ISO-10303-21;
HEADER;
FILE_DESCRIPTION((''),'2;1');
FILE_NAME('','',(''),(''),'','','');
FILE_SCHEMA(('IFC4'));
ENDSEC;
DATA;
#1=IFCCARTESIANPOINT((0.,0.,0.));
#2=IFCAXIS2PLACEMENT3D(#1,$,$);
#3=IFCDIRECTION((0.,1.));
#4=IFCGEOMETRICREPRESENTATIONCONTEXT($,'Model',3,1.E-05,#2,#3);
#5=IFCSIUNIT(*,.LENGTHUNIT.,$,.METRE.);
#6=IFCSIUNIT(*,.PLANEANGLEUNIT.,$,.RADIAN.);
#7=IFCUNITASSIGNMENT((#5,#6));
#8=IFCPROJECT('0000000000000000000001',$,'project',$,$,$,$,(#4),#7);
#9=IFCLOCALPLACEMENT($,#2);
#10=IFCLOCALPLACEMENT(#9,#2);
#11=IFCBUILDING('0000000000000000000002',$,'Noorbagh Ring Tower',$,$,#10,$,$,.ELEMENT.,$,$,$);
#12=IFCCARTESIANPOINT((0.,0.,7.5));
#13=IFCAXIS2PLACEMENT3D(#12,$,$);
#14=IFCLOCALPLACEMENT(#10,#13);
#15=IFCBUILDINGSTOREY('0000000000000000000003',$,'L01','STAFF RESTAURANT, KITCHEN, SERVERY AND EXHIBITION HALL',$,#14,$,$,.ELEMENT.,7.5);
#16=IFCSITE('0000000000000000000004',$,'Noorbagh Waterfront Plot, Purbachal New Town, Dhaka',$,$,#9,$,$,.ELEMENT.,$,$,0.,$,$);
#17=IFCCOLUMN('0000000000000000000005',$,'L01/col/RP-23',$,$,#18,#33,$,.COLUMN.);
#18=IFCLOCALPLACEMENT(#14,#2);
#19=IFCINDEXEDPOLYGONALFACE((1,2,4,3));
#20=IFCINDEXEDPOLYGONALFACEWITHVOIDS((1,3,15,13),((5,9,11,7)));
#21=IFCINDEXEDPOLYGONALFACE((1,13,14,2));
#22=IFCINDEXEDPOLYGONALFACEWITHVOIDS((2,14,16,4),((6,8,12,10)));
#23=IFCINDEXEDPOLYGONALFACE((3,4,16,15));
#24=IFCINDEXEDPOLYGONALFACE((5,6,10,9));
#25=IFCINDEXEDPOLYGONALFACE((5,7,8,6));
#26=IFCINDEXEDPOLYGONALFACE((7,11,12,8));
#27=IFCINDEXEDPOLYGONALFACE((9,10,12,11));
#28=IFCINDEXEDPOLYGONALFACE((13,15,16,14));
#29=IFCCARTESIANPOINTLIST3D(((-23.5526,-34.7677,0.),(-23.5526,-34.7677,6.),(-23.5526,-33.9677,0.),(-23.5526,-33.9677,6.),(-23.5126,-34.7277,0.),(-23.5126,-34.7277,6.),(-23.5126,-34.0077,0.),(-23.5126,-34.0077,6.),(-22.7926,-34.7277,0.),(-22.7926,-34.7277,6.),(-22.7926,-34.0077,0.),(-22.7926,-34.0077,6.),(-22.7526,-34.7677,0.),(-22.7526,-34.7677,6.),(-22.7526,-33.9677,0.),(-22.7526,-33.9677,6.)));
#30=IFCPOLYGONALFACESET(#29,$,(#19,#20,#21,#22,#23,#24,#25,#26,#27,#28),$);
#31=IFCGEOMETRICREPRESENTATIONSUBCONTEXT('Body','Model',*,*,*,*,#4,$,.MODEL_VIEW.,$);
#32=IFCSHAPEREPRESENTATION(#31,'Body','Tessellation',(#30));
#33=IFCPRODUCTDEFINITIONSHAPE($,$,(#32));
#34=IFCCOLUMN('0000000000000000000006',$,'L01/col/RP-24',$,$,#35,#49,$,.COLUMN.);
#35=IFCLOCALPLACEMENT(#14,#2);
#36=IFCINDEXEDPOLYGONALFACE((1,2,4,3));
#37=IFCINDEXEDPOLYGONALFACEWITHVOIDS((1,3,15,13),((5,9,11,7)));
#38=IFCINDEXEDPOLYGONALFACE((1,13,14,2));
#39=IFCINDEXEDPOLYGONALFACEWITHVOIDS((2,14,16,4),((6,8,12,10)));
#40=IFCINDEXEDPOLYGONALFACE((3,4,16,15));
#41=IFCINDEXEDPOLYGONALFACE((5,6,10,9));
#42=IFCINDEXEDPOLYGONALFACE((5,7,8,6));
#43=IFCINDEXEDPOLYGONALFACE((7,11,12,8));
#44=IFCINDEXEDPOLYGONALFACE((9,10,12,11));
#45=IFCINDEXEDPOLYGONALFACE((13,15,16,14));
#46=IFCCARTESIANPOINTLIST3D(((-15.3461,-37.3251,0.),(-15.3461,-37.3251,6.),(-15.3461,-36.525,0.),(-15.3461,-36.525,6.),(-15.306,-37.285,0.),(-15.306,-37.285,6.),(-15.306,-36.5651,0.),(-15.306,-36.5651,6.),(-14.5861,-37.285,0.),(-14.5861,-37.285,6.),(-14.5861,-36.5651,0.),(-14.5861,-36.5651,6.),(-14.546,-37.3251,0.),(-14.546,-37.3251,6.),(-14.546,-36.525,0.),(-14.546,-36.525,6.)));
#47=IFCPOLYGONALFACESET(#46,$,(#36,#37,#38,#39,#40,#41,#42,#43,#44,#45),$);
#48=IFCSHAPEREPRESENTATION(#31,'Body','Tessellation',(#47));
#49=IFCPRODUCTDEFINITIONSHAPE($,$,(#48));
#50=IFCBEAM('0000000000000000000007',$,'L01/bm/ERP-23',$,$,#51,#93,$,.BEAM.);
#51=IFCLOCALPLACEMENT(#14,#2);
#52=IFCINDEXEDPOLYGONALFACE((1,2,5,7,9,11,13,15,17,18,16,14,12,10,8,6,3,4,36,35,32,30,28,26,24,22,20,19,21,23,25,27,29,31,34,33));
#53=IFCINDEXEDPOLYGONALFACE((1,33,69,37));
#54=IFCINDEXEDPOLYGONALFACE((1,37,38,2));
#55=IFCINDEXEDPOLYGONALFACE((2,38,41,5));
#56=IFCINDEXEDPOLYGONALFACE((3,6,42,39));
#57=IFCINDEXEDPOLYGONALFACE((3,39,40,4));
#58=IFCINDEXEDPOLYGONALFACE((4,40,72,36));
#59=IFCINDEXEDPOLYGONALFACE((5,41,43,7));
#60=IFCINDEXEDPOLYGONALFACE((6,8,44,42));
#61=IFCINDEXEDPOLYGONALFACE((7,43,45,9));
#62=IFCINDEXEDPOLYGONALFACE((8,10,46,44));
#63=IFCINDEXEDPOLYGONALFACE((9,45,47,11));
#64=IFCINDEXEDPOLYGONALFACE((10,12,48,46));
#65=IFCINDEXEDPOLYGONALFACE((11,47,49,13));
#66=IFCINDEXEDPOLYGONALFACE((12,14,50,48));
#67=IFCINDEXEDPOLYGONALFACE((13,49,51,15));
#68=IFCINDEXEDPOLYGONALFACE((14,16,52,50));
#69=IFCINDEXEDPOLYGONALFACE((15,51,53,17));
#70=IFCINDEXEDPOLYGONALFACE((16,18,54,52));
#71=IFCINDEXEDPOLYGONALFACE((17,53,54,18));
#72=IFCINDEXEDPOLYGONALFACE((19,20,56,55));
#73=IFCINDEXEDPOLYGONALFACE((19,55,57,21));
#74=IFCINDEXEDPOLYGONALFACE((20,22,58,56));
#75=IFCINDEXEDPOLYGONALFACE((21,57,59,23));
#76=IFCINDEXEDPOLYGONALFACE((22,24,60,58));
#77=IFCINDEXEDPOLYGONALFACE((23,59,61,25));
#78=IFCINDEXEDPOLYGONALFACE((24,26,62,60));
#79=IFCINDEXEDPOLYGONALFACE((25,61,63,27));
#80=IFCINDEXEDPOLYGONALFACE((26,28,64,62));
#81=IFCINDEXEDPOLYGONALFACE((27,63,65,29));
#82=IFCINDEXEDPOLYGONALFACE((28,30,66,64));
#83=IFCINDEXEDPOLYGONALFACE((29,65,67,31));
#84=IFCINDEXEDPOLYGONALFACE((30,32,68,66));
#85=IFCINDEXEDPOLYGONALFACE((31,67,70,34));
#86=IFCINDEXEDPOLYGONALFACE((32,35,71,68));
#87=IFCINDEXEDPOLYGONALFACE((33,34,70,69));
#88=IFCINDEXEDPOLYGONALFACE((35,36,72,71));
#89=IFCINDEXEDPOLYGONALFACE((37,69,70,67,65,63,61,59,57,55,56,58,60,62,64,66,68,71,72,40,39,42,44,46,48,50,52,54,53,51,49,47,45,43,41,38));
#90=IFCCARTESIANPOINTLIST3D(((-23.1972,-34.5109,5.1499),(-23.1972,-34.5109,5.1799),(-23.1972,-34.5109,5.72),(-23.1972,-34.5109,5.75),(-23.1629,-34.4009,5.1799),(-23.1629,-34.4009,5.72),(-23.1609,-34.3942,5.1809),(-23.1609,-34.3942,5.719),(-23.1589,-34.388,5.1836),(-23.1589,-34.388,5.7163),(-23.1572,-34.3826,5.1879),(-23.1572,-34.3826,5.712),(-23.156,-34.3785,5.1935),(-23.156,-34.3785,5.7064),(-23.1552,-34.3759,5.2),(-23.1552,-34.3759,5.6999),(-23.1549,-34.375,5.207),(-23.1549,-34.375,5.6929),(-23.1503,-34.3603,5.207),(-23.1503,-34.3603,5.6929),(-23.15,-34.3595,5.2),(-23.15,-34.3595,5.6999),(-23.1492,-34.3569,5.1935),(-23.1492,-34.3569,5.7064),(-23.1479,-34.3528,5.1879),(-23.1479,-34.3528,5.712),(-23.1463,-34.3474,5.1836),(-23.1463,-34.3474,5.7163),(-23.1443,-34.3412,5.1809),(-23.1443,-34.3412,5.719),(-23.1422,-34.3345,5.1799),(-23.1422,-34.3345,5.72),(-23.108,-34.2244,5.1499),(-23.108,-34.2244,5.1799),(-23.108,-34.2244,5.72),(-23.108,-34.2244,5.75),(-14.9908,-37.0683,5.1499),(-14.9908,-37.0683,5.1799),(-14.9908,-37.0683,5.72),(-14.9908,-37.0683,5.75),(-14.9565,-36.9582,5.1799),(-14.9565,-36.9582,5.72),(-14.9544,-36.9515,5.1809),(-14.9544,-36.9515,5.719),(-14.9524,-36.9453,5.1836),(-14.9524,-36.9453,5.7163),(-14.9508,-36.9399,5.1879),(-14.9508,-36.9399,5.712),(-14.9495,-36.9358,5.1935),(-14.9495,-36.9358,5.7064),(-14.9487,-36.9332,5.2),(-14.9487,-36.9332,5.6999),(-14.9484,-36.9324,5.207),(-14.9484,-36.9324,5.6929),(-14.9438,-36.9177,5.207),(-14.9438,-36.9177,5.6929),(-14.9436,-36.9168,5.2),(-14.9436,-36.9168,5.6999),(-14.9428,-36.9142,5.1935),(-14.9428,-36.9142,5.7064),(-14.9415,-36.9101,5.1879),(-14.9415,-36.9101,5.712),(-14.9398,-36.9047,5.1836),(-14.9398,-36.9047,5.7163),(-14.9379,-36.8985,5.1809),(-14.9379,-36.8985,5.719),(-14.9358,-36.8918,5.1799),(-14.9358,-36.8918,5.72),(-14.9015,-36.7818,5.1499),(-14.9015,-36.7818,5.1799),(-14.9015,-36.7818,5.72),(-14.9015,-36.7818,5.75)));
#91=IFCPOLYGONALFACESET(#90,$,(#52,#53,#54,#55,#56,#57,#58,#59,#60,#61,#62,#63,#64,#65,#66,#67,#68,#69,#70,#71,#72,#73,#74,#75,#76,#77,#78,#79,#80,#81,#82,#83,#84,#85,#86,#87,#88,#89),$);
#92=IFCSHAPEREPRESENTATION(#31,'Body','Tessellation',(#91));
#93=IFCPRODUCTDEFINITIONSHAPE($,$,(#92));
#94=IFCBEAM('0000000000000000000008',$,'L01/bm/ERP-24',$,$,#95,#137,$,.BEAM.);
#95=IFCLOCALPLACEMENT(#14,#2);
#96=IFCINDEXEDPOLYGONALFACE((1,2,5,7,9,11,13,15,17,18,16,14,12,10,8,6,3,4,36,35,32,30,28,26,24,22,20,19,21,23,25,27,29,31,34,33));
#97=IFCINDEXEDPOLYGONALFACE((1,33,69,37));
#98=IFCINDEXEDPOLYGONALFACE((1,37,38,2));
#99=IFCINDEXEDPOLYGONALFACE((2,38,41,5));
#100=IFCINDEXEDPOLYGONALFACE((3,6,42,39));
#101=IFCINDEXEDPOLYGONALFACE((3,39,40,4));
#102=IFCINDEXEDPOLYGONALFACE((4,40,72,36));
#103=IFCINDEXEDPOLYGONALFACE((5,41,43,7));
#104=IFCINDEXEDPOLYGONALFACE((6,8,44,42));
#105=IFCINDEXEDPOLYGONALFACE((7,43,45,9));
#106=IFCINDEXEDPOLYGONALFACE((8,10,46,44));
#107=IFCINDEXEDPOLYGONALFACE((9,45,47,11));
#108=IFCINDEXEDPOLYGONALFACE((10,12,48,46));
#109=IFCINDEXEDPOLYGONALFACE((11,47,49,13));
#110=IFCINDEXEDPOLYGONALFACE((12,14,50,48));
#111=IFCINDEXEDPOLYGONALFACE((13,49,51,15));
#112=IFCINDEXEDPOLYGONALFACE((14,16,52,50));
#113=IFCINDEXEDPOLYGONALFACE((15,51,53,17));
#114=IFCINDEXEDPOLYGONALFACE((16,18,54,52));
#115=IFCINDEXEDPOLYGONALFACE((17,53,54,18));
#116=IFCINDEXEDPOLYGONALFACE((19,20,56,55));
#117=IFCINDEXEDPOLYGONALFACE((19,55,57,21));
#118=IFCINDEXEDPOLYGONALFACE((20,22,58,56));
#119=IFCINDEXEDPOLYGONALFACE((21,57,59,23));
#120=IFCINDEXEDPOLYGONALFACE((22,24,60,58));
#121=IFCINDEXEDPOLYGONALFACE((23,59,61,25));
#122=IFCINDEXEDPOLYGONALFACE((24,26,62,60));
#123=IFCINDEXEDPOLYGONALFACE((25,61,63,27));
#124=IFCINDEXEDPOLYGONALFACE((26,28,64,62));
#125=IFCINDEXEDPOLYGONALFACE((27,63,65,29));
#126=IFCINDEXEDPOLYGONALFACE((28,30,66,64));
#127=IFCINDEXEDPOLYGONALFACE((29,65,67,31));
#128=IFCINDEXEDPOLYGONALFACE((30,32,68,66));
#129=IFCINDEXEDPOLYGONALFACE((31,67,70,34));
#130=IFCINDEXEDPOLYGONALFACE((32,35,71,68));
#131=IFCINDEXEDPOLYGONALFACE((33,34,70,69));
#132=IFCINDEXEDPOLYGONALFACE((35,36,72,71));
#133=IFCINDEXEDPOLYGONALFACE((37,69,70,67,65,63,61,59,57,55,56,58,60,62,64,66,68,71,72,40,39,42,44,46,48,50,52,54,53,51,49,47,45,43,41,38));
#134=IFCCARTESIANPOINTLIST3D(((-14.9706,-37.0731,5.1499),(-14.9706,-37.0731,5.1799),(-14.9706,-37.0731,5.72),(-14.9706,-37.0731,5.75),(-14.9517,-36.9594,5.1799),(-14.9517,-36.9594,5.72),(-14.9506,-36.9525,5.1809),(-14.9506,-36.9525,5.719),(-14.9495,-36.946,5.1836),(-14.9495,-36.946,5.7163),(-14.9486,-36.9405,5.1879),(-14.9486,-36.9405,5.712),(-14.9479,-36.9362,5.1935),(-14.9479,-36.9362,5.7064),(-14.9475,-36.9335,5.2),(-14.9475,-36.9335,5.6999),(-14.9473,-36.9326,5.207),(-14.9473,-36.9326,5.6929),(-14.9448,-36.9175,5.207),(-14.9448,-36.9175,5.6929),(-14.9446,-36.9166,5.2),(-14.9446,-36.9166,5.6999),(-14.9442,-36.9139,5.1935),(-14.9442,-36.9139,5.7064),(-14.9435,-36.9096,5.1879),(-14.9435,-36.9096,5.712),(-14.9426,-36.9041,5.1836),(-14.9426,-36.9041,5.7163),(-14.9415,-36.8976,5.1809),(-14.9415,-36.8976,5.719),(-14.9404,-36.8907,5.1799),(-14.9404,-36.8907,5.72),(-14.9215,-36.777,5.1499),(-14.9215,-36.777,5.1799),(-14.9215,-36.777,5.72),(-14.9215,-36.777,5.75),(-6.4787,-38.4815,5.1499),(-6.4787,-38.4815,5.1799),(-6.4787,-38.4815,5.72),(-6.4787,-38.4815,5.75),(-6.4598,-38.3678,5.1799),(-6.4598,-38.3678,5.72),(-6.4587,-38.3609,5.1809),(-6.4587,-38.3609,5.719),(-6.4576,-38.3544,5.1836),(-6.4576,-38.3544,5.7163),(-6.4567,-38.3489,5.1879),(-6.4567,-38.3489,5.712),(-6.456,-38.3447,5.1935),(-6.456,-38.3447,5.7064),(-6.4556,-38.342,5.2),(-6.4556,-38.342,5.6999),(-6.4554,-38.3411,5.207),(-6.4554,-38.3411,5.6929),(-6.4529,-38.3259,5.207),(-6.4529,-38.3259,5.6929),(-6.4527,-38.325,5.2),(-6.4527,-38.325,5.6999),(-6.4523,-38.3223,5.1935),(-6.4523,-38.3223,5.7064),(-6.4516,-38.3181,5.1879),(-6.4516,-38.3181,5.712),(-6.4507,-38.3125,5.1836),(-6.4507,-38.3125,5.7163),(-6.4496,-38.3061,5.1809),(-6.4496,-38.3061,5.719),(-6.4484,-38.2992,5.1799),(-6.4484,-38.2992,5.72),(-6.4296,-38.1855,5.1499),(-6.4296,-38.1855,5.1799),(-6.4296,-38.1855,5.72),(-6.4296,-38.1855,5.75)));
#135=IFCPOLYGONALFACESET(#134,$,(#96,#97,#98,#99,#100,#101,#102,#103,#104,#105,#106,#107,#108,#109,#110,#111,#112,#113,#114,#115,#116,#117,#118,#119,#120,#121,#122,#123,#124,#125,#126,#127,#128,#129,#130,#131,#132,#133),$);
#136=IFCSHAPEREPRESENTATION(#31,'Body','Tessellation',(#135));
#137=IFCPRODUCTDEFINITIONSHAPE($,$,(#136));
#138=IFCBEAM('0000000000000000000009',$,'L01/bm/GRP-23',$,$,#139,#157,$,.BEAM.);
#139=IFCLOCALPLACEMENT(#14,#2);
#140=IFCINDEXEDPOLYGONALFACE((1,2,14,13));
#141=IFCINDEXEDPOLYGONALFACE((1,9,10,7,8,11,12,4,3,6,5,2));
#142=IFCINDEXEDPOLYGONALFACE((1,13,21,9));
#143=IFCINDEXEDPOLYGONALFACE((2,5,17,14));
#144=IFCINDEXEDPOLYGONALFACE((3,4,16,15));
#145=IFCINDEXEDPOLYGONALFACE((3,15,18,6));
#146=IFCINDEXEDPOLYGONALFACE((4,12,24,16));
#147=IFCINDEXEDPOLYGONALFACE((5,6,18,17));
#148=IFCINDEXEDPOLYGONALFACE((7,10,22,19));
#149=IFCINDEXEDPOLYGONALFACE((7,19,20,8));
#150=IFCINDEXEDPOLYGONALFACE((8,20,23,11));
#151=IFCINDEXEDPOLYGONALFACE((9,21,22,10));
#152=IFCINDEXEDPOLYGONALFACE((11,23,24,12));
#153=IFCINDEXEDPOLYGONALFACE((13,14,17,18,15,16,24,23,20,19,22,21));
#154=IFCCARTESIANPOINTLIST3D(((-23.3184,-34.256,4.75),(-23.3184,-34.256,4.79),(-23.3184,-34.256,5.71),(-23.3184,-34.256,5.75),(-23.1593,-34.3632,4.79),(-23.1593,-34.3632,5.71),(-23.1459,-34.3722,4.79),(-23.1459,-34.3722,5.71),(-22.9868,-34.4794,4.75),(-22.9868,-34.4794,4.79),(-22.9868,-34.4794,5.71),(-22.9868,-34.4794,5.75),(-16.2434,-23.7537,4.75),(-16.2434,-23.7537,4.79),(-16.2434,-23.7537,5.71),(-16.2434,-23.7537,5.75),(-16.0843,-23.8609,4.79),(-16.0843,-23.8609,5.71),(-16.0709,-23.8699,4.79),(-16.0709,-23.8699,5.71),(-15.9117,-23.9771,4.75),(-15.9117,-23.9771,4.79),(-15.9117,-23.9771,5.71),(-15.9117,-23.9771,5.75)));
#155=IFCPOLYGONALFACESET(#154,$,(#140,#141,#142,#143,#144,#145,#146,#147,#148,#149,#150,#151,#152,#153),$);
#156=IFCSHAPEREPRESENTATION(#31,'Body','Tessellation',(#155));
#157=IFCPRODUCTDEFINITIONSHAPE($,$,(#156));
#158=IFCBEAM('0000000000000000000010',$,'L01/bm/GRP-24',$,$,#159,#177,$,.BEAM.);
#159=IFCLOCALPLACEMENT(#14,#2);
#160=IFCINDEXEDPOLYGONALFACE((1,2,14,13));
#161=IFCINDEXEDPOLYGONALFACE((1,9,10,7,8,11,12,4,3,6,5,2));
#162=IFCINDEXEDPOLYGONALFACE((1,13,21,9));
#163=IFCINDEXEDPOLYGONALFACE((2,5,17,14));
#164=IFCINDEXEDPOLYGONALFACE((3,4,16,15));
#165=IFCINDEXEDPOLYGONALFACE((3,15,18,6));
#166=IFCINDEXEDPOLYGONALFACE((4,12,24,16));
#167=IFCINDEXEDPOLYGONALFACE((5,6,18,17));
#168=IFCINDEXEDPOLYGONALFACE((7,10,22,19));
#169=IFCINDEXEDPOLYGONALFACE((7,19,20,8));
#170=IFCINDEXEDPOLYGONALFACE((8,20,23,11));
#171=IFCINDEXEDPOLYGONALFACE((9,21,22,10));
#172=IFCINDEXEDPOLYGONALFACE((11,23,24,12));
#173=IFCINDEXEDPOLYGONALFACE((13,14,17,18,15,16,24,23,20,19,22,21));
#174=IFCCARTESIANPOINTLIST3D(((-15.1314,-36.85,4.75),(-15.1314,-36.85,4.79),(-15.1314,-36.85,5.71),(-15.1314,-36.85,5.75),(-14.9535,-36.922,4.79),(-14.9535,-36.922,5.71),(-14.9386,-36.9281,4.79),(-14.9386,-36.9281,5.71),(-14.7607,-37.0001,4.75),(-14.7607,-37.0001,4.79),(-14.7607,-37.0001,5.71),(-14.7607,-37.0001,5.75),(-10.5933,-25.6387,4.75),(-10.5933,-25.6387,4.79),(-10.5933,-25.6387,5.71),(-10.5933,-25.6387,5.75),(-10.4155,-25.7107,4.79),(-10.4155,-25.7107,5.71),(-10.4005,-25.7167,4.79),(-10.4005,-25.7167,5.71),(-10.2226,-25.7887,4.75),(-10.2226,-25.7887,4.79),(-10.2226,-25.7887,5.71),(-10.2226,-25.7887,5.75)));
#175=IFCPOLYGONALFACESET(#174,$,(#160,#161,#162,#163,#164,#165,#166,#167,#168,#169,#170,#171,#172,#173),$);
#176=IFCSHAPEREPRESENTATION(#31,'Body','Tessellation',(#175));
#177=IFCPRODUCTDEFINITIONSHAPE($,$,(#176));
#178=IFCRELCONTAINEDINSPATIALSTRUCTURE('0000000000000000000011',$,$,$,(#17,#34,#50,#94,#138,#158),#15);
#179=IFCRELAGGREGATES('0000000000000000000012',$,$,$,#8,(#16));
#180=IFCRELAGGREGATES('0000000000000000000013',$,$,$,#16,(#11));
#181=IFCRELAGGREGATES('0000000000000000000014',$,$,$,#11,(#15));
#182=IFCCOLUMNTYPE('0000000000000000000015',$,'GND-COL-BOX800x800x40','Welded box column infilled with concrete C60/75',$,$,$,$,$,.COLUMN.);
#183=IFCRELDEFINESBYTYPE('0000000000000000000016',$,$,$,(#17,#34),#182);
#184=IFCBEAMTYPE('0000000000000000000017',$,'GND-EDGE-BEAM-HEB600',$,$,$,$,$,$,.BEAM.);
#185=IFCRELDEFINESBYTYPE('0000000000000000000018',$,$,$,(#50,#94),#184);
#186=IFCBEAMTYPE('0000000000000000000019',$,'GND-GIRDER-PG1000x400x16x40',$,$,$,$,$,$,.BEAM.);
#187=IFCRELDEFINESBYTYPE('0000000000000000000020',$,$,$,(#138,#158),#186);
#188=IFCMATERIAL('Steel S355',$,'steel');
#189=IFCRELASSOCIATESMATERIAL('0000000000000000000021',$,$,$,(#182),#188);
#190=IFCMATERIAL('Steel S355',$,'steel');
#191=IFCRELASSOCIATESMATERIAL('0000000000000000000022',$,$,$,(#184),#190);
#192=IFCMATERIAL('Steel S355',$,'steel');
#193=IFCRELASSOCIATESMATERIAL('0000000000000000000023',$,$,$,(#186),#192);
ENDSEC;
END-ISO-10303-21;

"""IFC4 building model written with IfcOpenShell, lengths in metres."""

from ifc_helpers import new_model, si_unit, direction, frame, origin, origin_2d, place, context, subcontext, project, spatial, hollow_rectangle, i_section, extrude, material, material_profile, profile_set, type_object, element, save


model = new_model("IFC4")

# Units and contexts
model_context = context("Model", 3, precision=1e-05, world=origin(), true_north=direction((0.0, 1.0)))
body_context = subcontext(model_context, "Body", "Model", "MODEL_VIEW")
ifc_project = project(units=[si_unit("LENGTHUNIT", "METRE"), si_unit("PLANEANGLEUNIT", "RADIAN")], contexts=[model_context])

# Site, building, storey
site_placement = place(None, origin())
site = spatial("IfcSite", under=ifc_project, at=site_placement, Name="Noorbagh Waterfront Plot, Purbachal New Town, Dhaka", CompositionType="ELEMENT", RefElevation=0.0)
building_placement = place(site_placement, origin())
building = spatial("IfcBuilding", under=site, at=building_placement, Name="Noorbagh Ring Tower", CompositionType="ELEMENT")
storey_placement = place(building_placement, frame((0.0, 0.0, 7.5)))
storey = spatial("IfcBuildingStorey", under=building, at=storey_placement, Name="L01", Description="STAFF RESTAURANT, KITCHEN, SERVERY AND EXHIBITION HALL", CompositionType="ELEMENT", Elevation=7.5)

# Columns
ifc_material_1 = material(Name="Steel S355", Category="steel")
ifc_material_profile_1 = material_profile(ifc_material_1, hollow_rectangle(XDim=0.8, YDim=0.8, WallThickness=0.04, at=origin_2d()), Name="BOX800x800x40")
ifc_profile_set_1 = profile_set([ifc_material_profile_1], Name="Steel S355")
column_type = type_object("IfcColumnType", Name="GND-COL-BOX800x800x40", Description="Welded box column infilled with concrete C60/75", PredefinedType="COLUMN", material=ifc_profile_set_1)
for number, where, z_axis, x_axis, name in (
    (1, (-23.1526, -34.3677, 0.0), (0.0, 0.0, 1.0), (1.0, 0.0, 0.0), "L01/col/RP-23"),
    (2, (-14.946, -36.925, 0.0), (0.0, 0.0, 1.0), (1.0, 0.0, 0.0), "L01/col/RP-24"),
):
    element("IfcColumn", number, at=place(storey_placement, frame(where, z_axis=z_axis, x_axis=x_axis)), inside=storey, type_object=column_type, Name=name, PredefinedType="COLUMN", context=body_context, shape_type="SweptSolid", body=[
        extrude(hollow_rectangle(XDim=0.8, YDim=0.8, WallThickness=0.04, at=origin_2d()), origin(), (0.0, 0.0, 1.0), 6.0),
    ])

# Beams
ifc_material_2 = material(Name="Steel S355", Category="steel")
ifc_material_profile_2 = material_profile(ifc_material_2, i_section(OverallWidth=0.3, OverallDepth=0.6001, WebThickness=0.0154, FlangeThickness=0.03, FilletRadius=0.0271, at=origin_2d()), Name="HEB600")
ifc_profile_set_2 = profile_set([ifc_material_profile_2], Name="Steel S355")
beam_type_1 = type_object("IfcBeamType", Name="GND-EDGE-BEAM-HEB600", PredefinedType="BEAM", material=ifc_profile_set_2)
beam_1_placement = place(storey_placement, frame((-23.1526, -34.3677, 5.45), z_axis=(0.954717, -0.297515, 0.0), x_axis=(0.297515, 0.954717, 0.0)))
element("IfcBeam", 3, at=beam_1_placement, inside=storey, type_object=beam_type_1, Name="L01/bm/ERP-23", PredefinedType="BEAM", context=body_context, shape_type="SweptSolid", body=[
    extrude(i_section(OverallWidth=0.3, OverallDepth=0.6001, WebThickness=0.0154, FlangeThickness=0.03, FilletRadius=0.0271, at=origin_2d()), origin(), (0.0, 0.0, 1.0), 8.5957),
])
beam_2_placement = place(storey_placement, frame((-14.946, -36.925, 5.45), z_axis=(0.986523, -0.163622, 0.0), x_axis=(0.163622, 0.986523, 0.0)))
element("IfcBeam", 4, at=beam_2_placement, inside=storey, type_object=beam_type_1, Name="L01/bm/ERP-24", PredefinedType="BEAM", context=body_context, shape_type="SweptSolid", body=[
    extrude(i_section(OverallWidth=0.3, OverallDepth=0.6001, WebThickness=0.0154, FlangeThickness=0.03, FilletRadius=0.0271, at=origin_2d()), origin(), (0.0, 0.0, 1.0), 8.6079),
])
ifc_material_3 = material(Name="Steel S355", Category="steel")
ifc_material_profile_3 = material_profile(ifc_material_3, i_section(OverallWidth=0.3999, OverallDepth=1.0, WebThickness=0.0161, FlangeThickness=0.04, at=origin_2d()), Name="PG1000x400x16x40")
ifc_profile_set_3 = profile_set([ifc_material_profile_3], Name="Steel S355")
beam_type_2 = type_object("IfcBeamType", Name="GND-GIRDER-PG1000x400x16x40", PredefinedType="BEAM", material=ifc_profile_set_3)
beam_3_placement = place(storey_placement, frame((-23.1526, -34.3677, 5.25), z_axis=(0.558711, 0.829362, 0.0), x_axis=(-0.829362, 0.558711, 0.0)))
element("IfcBeam", 5, at=beam_3_placement, inside=storey, type_object=beam_type_2, Name="L01/bm/GRP-23", PredefinedType="BEAM", context=body_context, shape_type="SweptSolid", body=[
    extrude(i_section(OverallWidth=0.3999, OverallDepth=1.0, WebThickness=0.0161, FlangeThickness=0.04, at=origin_2d()), origin(), (0.0, 0.0, 1.0), 12.6631),
])
beam_4_placement = place(storey_placement, frame((-14.946, -36.925, 5.25), z_axis=(0.375202, 0.926943, 0.0), x_axis=(-0.926943, 0.375202, 0.0)))
element("IfcBeam", 6, at=beam_4_placement, inside=storey, type_object=beam_type_2, Name="L01/bm/GRP-24", PredefinedType="BEAM", context=body_context, shape_type="SweptSolid", body=[
    extrude(i_section(OverallWidth=0.3999, OverallDepth=1.0, WebThickness=0.0161, FlangeThickness=0.04, at=origin_2d()), origin(), (0.0, 0.0, 1.0), 12.095),
])

save(model, "model.ifc")
